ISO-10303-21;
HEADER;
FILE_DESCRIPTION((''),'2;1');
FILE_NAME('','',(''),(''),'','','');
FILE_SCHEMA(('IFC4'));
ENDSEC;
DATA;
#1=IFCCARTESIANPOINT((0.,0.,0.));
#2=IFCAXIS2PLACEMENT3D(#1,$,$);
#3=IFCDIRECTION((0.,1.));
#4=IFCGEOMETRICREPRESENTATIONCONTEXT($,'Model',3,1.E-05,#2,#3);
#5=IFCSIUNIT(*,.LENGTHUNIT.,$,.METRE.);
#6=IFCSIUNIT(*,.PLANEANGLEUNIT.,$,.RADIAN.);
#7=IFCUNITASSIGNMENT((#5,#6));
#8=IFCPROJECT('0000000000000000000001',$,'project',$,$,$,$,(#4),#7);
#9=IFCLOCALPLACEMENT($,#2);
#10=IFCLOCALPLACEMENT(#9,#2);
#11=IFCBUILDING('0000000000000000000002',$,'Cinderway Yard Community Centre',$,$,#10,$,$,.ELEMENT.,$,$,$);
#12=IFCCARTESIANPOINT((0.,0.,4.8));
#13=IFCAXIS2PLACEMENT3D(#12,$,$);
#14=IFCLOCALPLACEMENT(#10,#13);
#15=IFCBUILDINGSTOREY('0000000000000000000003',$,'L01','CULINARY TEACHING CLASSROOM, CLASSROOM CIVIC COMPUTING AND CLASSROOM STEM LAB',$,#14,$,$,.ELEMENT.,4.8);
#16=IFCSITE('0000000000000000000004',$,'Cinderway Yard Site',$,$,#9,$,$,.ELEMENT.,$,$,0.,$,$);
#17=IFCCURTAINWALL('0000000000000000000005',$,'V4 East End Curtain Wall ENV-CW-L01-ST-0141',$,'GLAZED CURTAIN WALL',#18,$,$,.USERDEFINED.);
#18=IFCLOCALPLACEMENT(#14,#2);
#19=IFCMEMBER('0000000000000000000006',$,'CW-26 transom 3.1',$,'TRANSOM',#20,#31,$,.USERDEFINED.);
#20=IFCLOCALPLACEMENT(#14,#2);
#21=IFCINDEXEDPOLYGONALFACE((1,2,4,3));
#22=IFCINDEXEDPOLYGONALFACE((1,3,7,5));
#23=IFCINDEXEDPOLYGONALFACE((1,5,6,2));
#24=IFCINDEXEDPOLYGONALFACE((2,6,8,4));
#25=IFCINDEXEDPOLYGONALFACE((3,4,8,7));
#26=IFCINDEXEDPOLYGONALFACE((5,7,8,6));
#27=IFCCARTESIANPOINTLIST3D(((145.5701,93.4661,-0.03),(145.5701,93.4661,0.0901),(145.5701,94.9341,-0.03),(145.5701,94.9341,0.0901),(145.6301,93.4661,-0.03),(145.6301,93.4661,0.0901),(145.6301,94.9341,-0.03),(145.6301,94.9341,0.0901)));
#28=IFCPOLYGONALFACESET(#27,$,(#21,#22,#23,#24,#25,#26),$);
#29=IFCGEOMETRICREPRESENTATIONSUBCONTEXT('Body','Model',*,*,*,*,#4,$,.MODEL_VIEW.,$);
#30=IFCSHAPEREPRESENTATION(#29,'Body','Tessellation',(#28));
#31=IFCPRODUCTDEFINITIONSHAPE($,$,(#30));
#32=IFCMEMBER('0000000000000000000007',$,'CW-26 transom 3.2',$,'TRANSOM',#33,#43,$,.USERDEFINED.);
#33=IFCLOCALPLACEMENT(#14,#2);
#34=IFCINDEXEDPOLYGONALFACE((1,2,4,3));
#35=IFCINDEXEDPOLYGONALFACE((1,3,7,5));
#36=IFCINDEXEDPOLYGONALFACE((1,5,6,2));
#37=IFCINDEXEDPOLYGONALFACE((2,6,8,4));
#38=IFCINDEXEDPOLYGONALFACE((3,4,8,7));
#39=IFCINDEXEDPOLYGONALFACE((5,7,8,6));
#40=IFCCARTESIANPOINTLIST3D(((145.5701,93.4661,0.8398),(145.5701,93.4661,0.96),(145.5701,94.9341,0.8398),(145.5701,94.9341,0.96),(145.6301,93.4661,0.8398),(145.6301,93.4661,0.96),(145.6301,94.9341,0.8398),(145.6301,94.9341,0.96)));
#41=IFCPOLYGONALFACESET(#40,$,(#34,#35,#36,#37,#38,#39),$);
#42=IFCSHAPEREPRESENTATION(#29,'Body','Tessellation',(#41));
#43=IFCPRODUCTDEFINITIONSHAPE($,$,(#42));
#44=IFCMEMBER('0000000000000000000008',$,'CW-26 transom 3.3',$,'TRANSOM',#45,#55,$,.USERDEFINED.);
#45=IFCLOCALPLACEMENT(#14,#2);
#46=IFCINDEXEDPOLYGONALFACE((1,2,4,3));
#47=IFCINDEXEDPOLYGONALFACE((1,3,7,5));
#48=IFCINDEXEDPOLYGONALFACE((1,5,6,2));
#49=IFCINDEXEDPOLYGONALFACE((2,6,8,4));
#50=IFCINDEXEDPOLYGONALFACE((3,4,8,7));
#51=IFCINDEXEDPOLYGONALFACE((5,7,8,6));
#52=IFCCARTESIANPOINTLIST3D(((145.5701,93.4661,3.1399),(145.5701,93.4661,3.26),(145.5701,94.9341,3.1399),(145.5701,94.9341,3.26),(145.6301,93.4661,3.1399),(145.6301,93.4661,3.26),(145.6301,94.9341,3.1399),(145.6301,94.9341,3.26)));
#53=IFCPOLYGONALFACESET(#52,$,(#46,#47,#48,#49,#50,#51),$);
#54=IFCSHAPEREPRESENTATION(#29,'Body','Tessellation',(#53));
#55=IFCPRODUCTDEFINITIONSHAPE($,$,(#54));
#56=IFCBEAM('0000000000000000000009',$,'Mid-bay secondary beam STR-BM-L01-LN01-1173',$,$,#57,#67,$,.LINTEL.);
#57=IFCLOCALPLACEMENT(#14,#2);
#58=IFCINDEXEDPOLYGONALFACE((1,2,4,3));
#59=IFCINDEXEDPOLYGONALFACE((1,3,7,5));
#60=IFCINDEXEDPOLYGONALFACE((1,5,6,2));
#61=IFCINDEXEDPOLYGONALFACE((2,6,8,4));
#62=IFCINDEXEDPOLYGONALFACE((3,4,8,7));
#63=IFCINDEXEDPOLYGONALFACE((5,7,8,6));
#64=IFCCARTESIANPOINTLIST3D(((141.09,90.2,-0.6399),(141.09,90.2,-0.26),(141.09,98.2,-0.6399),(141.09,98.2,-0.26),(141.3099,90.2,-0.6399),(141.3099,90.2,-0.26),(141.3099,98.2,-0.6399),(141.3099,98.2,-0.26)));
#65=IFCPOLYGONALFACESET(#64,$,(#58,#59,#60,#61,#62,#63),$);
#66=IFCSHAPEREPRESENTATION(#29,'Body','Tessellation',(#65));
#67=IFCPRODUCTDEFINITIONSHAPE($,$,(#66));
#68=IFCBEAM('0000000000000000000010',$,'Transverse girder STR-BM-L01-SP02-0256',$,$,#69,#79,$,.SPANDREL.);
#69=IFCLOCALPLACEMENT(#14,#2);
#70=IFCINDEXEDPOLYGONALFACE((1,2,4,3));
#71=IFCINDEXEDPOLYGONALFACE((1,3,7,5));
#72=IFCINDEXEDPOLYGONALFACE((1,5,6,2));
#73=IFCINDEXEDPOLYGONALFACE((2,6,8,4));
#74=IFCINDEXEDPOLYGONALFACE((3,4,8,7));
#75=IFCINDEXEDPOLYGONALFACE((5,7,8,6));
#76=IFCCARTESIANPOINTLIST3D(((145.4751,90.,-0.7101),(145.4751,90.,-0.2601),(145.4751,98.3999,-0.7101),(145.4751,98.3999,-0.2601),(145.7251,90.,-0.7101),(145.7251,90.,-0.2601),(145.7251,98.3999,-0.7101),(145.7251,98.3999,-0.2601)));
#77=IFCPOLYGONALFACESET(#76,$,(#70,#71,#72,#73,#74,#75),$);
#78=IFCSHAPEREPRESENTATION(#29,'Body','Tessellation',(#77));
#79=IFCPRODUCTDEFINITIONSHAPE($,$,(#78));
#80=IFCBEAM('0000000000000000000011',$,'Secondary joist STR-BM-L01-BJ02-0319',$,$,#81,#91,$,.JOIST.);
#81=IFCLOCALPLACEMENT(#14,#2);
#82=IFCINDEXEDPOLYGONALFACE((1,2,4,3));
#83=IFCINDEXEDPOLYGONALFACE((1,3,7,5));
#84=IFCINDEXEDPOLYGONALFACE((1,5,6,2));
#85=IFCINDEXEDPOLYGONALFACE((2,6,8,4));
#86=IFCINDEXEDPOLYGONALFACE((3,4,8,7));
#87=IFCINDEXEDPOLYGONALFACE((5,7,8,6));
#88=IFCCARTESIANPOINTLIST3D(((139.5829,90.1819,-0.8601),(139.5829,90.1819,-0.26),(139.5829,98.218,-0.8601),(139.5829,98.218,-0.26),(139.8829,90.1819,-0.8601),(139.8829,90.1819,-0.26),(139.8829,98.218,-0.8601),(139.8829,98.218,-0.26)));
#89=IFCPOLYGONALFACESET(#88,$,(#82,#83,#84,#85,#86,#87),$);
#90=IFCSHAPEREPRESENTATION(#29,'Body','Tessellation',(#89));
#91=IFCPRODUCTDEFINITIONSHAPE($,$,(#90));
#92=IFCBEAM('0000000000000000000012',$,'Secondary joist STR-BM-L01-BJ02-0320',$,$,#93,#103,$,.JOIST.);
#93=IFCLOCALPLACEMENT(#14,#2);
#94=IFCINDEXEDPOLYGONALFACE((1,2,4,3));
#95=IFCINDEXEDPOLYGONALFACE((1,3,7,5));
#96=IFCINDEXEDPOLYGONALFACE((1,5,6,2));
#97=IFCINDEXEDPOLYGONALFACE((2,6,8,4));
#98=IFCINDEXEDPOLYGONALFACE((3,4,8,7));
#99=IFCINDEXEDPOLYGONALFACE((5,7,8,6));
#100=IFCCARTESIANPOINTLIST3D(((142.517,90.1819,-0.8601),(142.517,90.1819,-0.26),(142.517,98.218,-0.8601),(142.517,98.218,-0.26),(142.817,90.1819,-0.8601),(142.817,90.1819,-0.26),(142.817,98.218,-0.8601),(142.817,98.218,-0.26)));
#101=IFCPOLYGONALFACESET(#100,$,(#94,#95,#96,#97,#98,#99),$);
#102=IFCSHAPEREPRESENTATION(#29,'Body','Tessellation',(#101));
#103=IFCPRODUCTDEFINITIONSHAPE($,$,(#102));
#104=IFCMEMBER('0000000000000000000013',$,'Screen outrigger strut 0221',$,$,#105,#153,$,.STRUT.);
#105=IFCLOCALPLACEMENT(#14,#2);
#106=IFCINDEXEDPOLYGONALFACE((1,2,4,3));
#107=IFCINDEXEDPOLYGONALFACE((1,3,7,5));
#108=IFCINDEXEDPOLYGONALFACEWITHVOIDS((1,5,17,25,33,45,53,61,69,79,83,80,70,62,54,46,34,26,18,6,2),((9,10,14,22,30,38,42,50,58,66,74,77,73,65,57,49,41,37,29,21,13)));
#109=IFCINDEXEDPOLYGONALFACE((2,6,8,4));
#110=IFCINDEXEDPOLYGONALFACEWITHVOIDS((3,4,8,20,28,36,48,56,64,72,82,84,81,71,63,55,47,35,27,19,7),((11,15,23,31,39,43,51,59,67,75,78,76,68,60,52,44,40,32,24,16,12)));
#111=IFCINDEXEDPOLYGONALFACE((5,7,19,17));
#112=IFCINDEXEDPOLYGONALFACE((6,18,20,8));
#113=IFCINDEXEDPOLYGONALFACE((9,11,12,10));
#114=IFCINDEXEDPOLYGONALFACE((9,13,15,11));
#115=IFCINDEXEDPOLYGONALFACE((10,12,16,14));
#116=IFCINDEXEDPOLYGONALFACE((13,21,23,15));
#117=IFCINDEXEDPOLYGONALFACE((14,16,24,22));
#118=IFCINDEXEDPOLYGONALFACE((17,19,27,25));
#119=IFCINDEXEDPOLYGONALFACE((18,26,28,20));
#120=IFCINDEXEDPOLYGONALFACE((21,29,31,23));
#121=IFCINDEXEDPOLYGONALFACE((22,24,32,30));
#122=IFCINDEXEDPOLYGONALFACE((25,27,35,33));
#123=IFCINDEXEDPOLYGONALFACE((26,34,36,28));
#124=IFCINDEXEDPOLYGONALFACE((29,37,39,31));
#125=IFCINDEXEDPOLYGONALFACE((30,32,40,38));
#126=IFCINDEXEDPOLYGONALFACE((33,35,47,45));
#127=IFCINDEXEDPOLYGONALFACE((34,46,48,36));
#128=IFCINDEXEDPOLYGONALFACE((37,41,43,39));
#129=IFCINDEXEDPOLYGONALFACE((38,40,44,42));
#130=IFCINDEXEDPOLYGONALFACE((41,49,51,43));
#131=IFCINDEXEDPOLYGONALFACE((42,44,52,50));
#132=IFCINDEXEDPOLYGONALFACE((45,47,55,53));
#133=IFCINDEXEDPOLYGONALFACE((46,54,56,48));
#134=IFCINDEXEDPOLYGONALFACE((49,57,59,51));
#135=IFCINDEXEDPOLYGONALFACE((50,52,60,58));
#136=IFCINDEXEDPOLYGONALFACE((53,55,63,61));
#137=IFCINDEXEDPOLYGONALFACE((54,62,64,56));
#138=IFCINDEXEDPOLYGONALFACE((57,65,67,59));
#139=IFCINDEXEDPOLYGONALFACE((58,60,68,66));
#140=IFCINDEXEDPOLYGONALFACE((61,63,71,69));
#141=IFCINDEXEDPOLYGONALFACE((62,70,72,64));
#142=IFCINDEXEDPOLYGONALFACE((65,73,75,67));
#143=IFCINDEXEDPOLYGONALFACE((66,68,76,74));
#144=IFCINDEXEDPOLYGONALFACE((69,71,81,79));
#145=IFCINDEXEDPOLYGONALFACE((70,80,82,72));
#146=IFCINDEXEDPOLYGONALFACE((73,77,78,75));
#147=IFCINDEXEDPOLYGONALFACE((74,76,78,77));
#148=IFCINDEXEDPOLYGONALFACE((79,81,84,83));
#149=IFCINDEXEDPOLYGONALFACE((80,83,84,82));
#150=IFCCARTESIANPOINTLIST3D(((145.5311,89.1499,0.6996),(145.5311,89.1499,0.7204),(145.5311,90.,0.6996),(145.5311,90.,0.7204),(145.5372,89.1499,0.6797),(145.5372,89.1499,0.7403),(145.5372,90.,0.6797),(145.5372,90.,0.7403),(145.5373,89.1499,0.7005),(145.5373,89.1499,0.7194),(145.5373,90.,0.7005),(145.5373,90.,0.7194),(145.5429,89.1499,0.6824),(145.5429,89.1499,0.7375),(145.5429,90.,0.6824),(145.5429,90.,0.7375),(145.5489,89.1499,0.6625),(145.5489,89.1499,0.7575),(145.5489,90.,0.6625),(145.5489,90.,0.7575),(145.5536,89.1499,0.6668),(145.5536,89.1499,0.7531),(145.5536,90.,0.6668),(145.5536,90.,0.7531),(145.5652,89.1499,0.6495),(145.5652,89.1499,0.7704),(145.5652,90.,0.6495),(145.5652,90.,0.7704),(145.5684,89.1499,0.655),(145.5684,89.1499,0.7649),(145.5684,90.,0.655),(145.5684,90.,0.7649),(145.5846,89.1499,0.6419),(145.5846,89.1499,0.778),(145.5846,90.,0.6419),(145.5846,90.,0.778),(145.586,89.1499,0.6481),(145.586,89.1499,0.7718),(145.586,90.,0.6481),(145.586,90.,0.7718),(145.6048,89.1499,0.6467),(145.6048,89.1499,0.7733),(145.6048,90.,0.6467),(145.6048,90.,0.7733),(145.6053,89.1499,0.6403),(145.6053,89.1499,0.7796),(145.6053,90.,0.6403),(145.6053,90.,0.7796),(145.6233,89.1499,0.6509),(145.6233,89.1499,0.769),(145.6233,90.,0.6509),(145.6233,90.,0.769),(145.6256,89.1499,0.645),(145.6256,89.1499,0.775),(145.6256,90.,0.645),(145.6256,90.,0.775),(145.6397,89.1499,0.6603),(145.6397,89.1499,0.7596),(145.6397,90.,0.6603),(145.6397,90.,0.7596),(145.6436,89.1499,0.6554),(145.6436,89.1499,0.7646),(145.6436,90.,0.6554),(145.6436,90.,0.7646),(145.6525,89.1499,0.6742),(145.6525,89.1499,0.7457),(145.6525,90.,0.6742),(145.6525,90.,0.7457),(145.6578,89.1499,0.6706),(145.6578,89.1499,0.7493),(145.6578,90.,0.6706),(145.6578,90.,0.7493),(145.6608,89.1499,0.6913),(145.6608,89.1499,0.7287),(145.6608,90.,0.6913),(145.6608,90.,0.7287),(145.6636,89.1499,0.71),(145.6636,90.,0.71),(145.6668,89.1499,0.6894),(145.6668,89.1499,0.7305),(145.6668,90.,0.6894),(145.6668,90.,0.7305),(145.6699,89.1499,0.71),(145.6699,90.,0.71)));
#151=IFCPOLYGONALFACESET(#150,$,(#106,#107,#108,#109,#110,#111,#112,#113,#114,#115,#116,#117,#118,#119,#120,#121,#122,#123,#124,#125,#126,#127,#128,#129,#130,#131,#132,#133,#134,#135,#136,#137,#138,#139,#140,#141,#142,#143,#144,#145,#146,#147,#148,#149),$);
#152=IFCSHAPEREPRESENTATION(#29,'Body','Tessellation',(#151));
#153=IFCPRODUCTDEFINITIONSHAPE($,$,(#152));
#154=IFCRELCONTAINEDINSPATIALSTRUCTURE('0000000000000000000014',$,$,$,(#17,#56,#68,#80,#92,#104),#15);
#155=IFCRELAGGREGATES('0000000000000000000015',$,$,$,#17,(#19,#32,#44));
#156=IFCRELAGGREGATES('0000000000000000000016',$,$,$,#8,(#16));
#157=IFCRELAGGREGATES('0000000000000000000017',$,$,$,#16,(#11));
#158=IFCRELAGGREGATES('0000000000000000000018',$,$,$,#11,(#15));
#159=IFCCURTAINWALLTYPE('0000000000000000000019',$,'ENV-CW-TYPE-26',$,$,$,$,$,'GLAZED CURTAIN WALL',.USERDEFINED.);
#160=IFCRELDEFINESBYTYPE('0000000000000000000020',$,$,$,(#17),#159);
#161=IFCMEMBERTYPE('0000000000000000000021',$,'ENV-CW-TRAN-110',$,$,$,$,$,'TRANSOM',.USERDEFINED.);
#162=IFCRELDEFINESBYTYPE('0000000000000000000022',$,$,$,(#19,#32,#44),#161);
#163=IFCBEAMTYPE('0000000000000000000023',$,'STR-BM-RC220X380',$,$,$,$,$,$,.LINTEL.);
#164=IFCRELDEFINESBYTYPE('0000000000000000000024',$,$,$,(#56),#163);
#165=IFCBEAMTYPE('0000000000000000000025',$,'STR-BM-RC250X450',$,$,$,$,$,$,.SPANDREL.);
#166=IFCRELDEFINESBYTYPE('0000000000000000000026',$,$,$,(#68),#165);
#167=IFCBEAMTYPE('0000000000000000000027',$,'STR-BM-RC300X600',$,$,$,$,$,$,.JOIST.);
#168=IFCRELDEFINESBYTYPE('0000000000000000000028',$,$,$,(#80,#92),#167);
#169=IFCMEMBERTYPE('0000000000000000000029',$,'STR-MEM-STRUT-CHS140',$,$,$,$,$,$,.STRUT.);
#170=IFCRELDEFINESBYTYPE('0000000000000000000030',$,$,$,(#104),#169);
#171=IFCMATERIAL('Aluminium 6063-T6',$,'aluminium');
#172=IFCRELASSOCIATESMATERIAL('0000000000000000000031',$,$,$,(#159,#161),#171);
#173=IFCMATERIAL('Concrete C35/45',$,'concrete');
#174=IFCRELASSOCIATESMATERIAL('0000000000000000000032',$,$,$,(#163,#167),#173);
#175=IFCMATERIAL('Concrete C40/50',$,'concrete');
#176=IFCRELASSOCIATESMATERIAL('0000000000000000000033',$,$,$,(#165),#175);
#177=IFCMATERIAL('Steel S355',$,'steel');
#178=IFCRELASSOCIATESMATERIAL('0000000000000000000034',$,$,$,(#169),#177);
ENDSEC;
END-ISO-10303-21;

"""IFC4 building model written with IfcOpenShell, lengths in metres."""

from ifc_helpers import new_model, si_unit, direction, frame, origin, origin_2d, place, context, subcontext, project, spatial, rectangle, hollow_circle, extrude, material, material_profile, profile_set, type_object, element, aggregate, save


model = new_model("IFC4")

# Units and contexts
model_context = context("Model", 3, precision=1e-05, world=origin(), true_north=direction((0.0, 1.0)))
body_context = subcontext(model_context, "Body", "Model", "MODEL_VIEW")
ifc_project = project(units=[si_unit("LENGTHUNIT", "METRE"), si_unit("PLANEANGLEUNIT", "RADIAN")], contexts=[model_context])

# Site, building, storey
site_placement = place(None, origin())
site = spatial("IfcSite", under=ifc_project, at=site_placement, Name="Cinderway Yard Site", CompositionType="ELEMENT", RefElevation=0.0)
building_placement = place(site_placement, origin())
building = spatial("IfcBuilding", under=site, at=building_placement, Name="Cinderway Yard Community Centre", CompositionType="ELEMENT")
storey_placement = place(building_placement, frame((0.0, 0.0, 4.8)))
storey = spatial("IfcBuildingStorey", under=building, at=storey_placement, Name="L01", Description="CULINARY TEACHING CLASSROOM, CLASSROOM CIVIC COMPUTING AND CLASSROOM STEM LAB", CompositionType="ELEMENT", Elevation=4.8)

# Shared definitions
ifc_material_1 = material(Name="Concrete C40/50", Category="concrete")

# Shared definitions
ifc_material_2 = material(Name="Aluminium 6063-T6", Category="aluminium")

# Curtain wall
curtain_wall_type_1 = type_object("IfcCurtainWallType", Name="ENV-CW-TYPE-26", ElementType="GLAZED CURTAIN WALL", PredefinedType="USERDEFINED", material=ifc_material_2)
curtain_wall_1_placement = place(storey_placement, origin())
curtain_wall_1 = element("IfcCurtainWall", 1, at=curtain_wall_1_placement, inside=storey, type_object=curtain_wall_type_1, Name="V4 East End Curtain Wall ENV-CW-L01-ST-0141", ObjectType="GLAZED CURTAIN WALL", PredefinedType="USERDEFINED")

# Members
ifc_material_profile_1 = material_profile(ifc_material_2, rectangle(XDim=0.0601, YDim=0.1201, at=origin_2d()), Name="Aluminium 6063-T6")
ifc_profile_set_1 = profile_set([ifc_material_profile_1], Name="Aluminium 6063-T6")
member_type_1 = type_object("IfcMemberType", Name="ENV-CW-TRAN-110", ElementType="TRANSOM", PredefinedType="USERDEFINED", material=ifc_profile_set_1)
member_1_placement = place(storey_placement, frame((145.6001, 93.4661, 0.03), z_axis=(0.0, 1.0, 0.0), x_axis=(-1.0, 0.0, 0.0)))
member_1 = element("IfcMember", 2, at=member_1_placement, type_object=member_type_1, Name="CW-26 transom 3.1", ObjectType="TRANSOM", PredefinedType="USERDEFINED", context=body_context, shape_type="SweptSolid", body=[
    extrude(rectangle(XDim=0.0601, YDim=0.1201, at=origin_2d()), origin(), (0.0, 0.0, 1.0), 1.468),
])
member_2_placement = place(storey_placement, frame((145.6001, 93.4661, 0.8999), z_axis=(0.0, 1.0, 0.0), x_axis=(-1.0, 0.0, 0.0)))
member_2 = element("IfcMember", 3, at=member_2_placement, type_object=member_type_1, Name="CW-26 transom 3.2", ObjectType="TRANSOM", PredefinedType="USERDEFINED", context=body_context, shape_type="SweptSolid", body=[
    extrude(rectangle(XDim=0.0601, YDim=0.1201, at=origin_2d()), origin(), (0.0, 0.0, 1.0), 1.468),
])
member_3_placement = place(storey_placement, frame((145.6001, 93.4661, 3.2), z_axis=(0.0, 1.0, 0.0), x_axis=(-1.0, 0.0, 0.0)))
member_3 = element("IfcMember", 4, at=member_3_placement, type_object=member_type_1, Name="CW-26 transom 3.3", ObjectType="TRANSOM", PredefinedType="USERDEFINED", context=body_context, shape_type="SweptSolid", body=[
    extrude(rectangle(XDim=0.0601, YDim=0.1201, at=origin_2d()), origin(), (0.0, 0.0, 1.0), 1.468),
])

# Beams
ifc_material_3 = material(Name="Concrete C35/45", Category="concrete")
ifc_material_profile_2 = material_profile(ifc_material_3, rectangle(XDim=0.22, YDim=0.3799, at=origin_2d()), Name="Concrete C35/45")
ifc_profile_set_2 = profile_set([ifc_material_profile_2], Name="Concrete C35/45")
beam_type_1 = type_object("IfcBeamType", Name="STR-BM-RC220X380", PredefinedType="LINTEL", material=ifc_profile_set_2)
beam_1_placement = place(storey_placement, frame((141.2, 90.2, -0.45), z_axis=(0.0, 1.0, 0.0), x_axis=(-1.0, 0.0, 0.0)))
element("IfcBeam", 5, at=beam_1_placement, inside=storey, type_object=beam_type_1, Name="Mid-bay secondary beam STR-BM-L01-LN01-1173", PredefinedType="LINTEL", context=body_context, shape_type="SweptSolid", body=[
    extrude(rectangle(XDim=0.22, YDim=0.3799, at=origin_2d()), origin(), (0.0, 0.0, 1.0), 8.0),
])
ifc_material_profile_3 = material_profile(ifc_material_1, rectangle(XDim=0.25, YDim=0.45, at=origin_2d()), Name="Concrete C40/50")
ifc_profile_set_3 = profile_set([ifc_material_profile_3], Name="Concrete C40/50")
beam_type_2 = type_object("IfcBeamType", Name="STR-BM-RC250X450", PredefinedType="SPANDREL", material=ifc_profile_set_3)
beam_2_placement = place(storey_placement, frame((145.6001, 90.0, -0.4851), z_axis=(0.0, 1.0, 0.0), x_axis=(-1.0, 0.0, 0.0)))
element("IfcBeam", 6, at=beam_2_placement, inside=storey, type_object=beam_type_2, Name="Transverse girder STR-BM-L01-SP02-0256", PredefinedType="SPANDREL", context=body_context, shape_type="SweptSolid", body=[
    extrude(rectangle(XDim=0.25, YDim=0.45, at=origin_2d()), origin(), (0.0, 0.0, 1.0), 8.3999),
])
ifc_material_profile_4 = material_profile(ifc_material_3, rectangle(XDim=0.3, YDim=0.6001, at=origin_2d()), Name="Concrete C35/45")
ifc_profile_set_4 = profile_set([ifc_material_profile_4], Name="Concrete C35/45")
beam_type_3 = type_object("IfcBeamType", Name="STR-BM-RC300X600", PredefinedType="JOIST", material=ifc_profile_set_4)
for number, where, z_axis, x_axis, name in (
    (7, (139.7329, 90.1819, -0.5601), (0.0, 1.0, 0.0), (-1.0, 0.0, 0.0), "Secondary joist STR-BM-L01-BJ02-0319"),
    (8, (142.667, 90.1819, -0.5601), (0.0, 1.0, 0.0), (-1.0, 0.0, 0.0), "Secondary joist STR-BM-L01-BJ02-0320"),
):
    element("IfcBeam", number, at=place(storey_placement, frame(where, z_axis=z_axis, x_axis=x_axis)), inside=storey, type_object=beam_type_3, Name=name, PredefinedType="JOIST", context=body_context, shape_type="SweptSolid", body=[
        extrude(rectangle(XDim=0.3, YDim=0.6001, at=origin_2d()), origin(), (0.0, 0.0, 1.0), 8.0361),
    ])

# Member
ifc_material_4 = material(Name="Steel S355", Category="steel")
ifc_material_profile_5 = material_profile(ifc_material_4, hollow_circle(Radius=0.0698, WallThickness=0.0063, at=origin_2d()), Name="Steel S355")
ifc_profile_set_5 = profile_set([ifc_material_profile_5], Name="Steel S355")
member_type_2 = type_object("IfcMemberType", Name="STR-MEM-STRUT-CHS140", PredefinedType="STRUT", material=ifc_profile_set_5)
for number, where, z_axis, x_axis, name in (
    (9, (145.6001, 90.0, 0.71), (0.0, -1.0, 0.0), (1.0, 0.0, 0.0), "Screen outrigger strut 0221"),
):
    element("IfcMember", number, at=place(storey_placement, frame(where, z_axis=z_axis, x_axis=x_axis)), inside=storey, type_object=member_type_2, Name=name, PredefinedType="STRUT", context=body_context, shape_type="SweptSolid", body=[
        extrude(hollow_circle(Radius=0.0698, WallThickness=0.0063, at=origin_2d()), origin(), (0.0, 0.0, 1.0), 0.8501),
    ])

aggregate(curtain_wall_1, [member_1, member_2, member_3])

save(model, "model.ifc")
